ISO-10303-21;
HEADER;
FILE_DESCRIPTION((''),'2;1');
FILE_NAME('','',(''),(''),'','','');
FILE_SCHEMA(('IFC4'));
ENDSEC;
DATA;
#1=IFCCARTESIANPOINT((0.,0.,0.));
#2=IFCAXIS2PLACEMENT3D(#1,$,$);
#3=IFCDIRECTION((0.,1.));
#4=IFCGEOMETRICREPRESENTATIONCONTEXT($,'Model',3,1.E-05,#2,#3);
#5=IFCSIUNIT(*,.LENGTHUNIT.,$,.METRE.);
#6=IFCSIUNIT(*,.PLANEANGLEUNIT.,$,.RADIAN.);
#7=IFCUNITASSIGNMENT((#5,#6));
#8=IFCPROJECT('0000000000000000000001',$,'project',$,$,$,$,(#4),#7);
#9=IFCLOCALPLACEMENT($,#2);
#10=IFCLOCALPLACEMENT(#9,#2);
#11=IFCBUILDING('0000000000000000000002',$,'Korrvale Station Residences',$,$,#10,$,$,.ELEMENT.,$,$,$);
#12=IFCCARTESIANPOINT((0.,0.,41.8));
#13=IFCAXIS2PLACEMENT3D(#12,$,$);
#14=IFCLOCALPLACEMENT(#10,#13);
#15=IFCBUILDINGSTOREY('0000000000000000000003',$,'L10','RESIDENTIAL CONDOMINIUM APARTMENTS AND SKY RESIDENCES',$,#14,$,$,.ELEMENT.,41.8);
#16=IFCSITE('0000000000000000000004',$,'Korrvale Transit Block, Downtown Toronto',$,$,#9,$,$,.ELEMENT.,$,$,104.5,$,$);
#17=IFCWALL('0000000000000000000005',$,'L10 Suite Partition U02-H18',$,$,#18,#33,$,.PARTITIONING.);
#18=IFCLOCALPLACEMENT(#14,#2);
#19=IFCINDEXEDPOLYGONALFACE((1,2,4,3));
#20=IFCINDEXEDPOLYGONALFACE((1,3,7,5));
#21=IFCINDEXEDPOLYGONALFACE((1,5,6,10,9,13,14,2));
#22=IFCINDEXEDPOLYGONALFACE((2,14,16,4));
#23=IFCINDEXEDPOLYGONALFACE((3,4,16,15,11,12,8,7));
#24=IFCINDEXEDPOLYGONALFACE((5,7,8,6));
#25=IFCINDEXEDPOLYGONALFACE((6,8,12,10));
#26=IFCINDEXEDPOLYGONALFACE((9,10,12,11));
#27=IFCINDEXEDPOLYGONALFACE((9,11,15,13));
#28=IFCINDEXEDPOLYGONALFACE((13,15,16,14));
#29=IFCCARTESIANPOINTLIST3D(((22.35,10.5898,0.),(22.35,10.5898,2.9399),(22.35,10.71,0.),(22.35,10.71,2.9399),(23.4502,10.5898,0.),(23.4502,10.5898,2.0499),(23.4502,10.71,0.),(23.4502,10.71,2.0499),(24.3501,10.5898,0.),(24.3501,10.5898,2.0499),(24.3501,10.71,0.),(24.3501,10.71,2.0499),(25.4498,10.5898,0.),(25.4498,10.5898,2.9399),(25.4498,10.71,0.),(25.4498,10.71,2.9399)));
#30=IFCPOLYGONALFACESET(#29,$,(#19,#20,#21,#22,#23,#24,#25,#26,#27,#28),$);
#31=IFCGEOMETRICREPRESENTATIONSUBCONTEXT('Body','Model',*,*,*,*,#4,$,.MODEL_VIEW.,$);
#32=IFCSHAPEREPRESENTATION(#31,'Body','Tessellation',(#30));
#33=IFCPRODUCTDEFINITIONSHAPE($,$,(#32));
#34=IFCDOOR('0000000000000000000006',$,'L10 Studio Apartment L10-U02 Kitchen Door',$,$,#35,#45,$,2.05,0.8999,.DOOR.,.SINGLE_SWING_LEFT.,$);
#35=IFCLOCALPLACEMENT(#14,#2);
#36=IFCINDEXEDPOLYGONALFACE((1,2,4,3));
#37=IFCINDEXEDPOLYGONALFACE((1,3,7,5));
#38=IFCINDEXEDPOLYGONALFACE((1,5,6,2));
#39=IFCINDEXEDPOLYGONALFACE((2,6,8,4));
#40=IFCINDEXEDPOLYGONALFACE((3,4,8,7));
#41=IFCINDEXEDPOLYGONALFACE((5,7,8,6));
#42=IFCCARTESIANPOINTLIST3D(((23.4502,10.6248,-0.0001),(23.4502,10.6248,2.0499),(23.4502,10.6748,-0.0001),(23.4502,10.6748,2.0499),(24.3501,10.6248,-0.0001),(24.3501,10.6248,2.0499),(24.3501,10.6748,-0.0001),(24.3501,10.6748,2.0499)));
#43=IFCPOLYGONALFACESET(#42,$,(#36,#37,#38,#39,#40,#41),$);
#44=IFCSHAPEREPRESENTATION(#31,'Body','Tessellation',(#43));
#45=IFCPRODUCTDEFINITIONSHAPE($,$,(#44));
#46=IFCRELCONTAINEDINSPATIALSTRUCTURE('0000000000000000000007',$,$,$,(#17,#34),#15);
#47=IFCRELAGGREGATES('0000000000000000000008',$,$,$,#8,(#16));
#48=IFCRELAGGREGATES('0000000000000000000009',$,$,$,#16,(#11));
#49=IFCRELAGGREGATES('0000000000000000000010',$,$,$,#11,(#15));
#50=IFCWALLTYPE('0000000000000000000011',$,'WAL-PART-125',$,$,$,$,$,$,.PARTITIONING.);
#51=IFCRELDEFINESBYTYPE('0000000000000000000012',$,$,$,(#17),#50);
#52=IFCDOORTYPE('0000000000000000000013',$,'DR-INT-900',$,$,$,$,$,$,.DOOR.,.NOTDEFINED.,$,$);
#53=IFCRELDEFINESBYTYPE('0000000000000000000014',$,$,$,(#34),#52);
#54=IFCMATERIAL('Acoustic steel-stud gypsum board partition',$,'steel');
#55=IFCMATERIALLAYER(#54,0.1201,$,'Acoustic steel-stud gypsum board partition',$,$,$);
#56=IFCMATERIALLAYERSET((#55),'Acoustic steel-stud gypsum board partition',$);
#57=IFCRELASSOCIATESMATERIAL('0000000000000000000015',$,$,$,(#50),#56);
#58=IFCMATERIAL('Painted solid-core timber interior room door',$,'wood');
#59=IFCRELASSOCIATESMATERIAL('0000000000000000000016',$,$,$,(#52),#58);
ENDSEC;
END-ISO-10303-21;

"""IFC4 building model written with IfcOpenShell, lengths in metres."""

from ifc_helpers import new_model, si_unit, direction, frame, frame_2d, origin, place, context, subcontext, project, spatial, rectangle, extrude, material, layer, layer_set, type_object, element, fill, save


model = new_model("IFC4")

# Units and contexts
model_context = context("Model", 3, precision=1e-05, world=origin(), true_north=direction((0.0, 1.0)))
body_context = subcontext(model_context, "Body", "Model", "MODEL_VIEW")
ifc_project = project(units=[si_unit("LENGTHUNIT", "METRE"), si_unit("PLANEANGLEUNIT", "RADIAN")], contexts=[model_context])

# Site, building, storey
site_placement = place(None, origin())
site = spatial("IfcSite", under=ifc_project, at=site_placement, Name="Korrvale Transit Block, Downtown Toronto", CompositionType="ELEMENT", RefElevation=104.5)
building_placement = place(site_placement, origin())
building = spatial("IfcBuilding", under=site, at=building_placement, Name="Korrvale Station Residences", CompositionType="ELEMENT")
storey_placement = place(building_placement, frame((0.0, 0.0, 41.8)))
storey = spatial("IfcBuildingStorey", under=building, at=storey_placement, Name="L10", Description="RESIDENTIAL CONDOMINIUM APARTMENTS AND SKY RESIDENCES", CompositionType="ELEMENT", Elevation=41.8)

# Shared definitions
ifc_material_1 = material(Name="Acoustic steel-stud gypsum board partition", Category="steel")
ifc_layer_1 = layer(ifc_material_1, 0.1201, Name="Acoustic steel-stud gypsum board partition")
ifc_layer_set_1 = layer_set([ifc_layer_1], Name="Acoustic steel-stud gypsum board partition")
wall_type_1 = type_object("IfcWallType", Name="WAL-PART-125", PredefinedType="PARTITIONING", material=ifc_layer_set_1)
ifc_material_2 = material(Name="Painted solid-core timber interior room door", Category="wood")
door_type_1 = type_object("IfcDoorType", Name="DR-INT-900", OperationType="NOTDEFINED", PredefinedType="DOOR", material=ifc_material_2)

# Wall, opening, door
wall_1_placement = place(storey_placement, frame((22.3501, 10.6499, 0.0), z_axis=(0.0, 0.0, 1.0), x_axis=(1.0, 0.0, 0.0)))
wall_1 = element("IfcWall", 1, at=wall_1_placement, inside=storey, type_object=wall_type_1, Name="L10 Suite Partition U02-H18", PredefinedType="PARTITIONING", context=body_context, shape_type="SweptSolid", body=[
    extrude(rectangle(XDim=3.0999, YDim=0.1201, at=frame_2d((1.5498, 0.0))), origin(), (0.0, 0.0, 1.0), 2.9399),
])
opening_1_placement = place(wall_1_placement, frame((1.1001, 0.0, 0.0)))
opening_1 = element("IfcOpeningElement", 2, at=opening_1_placement, cuts=wall_1, PredefinedType="OPENING", context=body_context, shape_type="SweptSolid", body=[
    extrude(rectangle(XDim=0.8999, YDim=2.05, at=frame_2d((0.45, 1.0249))), frame((0.0, 0.0701, 0.0), z_axis=(0.0, -1.0, 0.0), x_axis=(1.0, 0.0, 0.0)), (0.0, 0.0, 1.0), 0.1401),
])
door_1_placement = place(opening_1_placement, origin())
door_1 = element("IfcDoor", 3, at=door_1_placement, inside=storey, type_object=door_type_1, Name="L10 Studio Apartment L10-U02 Kitchen Door", OperationType="SINGLE_SWING_LEFT", OverallHeight=2.05, OverallWidth=0.8999, PredefinedType="DOOR", context=body_context, shape_type="SweptSolid", body=[
    extrude(rectangle(XDim=0.8999, YDim=2.05, at=frame_2d((0.45, 1.0249))), frame((0.0, 0.0249, 0.0), z_axis=(0.0, -1.0, 0.0), x_axis=(1.0, 0.0, 0.0)), (0.0, 0.0, 1.0), 0.05),
])
fill(opening_1, door_1)

save(model, "model.ifc")
